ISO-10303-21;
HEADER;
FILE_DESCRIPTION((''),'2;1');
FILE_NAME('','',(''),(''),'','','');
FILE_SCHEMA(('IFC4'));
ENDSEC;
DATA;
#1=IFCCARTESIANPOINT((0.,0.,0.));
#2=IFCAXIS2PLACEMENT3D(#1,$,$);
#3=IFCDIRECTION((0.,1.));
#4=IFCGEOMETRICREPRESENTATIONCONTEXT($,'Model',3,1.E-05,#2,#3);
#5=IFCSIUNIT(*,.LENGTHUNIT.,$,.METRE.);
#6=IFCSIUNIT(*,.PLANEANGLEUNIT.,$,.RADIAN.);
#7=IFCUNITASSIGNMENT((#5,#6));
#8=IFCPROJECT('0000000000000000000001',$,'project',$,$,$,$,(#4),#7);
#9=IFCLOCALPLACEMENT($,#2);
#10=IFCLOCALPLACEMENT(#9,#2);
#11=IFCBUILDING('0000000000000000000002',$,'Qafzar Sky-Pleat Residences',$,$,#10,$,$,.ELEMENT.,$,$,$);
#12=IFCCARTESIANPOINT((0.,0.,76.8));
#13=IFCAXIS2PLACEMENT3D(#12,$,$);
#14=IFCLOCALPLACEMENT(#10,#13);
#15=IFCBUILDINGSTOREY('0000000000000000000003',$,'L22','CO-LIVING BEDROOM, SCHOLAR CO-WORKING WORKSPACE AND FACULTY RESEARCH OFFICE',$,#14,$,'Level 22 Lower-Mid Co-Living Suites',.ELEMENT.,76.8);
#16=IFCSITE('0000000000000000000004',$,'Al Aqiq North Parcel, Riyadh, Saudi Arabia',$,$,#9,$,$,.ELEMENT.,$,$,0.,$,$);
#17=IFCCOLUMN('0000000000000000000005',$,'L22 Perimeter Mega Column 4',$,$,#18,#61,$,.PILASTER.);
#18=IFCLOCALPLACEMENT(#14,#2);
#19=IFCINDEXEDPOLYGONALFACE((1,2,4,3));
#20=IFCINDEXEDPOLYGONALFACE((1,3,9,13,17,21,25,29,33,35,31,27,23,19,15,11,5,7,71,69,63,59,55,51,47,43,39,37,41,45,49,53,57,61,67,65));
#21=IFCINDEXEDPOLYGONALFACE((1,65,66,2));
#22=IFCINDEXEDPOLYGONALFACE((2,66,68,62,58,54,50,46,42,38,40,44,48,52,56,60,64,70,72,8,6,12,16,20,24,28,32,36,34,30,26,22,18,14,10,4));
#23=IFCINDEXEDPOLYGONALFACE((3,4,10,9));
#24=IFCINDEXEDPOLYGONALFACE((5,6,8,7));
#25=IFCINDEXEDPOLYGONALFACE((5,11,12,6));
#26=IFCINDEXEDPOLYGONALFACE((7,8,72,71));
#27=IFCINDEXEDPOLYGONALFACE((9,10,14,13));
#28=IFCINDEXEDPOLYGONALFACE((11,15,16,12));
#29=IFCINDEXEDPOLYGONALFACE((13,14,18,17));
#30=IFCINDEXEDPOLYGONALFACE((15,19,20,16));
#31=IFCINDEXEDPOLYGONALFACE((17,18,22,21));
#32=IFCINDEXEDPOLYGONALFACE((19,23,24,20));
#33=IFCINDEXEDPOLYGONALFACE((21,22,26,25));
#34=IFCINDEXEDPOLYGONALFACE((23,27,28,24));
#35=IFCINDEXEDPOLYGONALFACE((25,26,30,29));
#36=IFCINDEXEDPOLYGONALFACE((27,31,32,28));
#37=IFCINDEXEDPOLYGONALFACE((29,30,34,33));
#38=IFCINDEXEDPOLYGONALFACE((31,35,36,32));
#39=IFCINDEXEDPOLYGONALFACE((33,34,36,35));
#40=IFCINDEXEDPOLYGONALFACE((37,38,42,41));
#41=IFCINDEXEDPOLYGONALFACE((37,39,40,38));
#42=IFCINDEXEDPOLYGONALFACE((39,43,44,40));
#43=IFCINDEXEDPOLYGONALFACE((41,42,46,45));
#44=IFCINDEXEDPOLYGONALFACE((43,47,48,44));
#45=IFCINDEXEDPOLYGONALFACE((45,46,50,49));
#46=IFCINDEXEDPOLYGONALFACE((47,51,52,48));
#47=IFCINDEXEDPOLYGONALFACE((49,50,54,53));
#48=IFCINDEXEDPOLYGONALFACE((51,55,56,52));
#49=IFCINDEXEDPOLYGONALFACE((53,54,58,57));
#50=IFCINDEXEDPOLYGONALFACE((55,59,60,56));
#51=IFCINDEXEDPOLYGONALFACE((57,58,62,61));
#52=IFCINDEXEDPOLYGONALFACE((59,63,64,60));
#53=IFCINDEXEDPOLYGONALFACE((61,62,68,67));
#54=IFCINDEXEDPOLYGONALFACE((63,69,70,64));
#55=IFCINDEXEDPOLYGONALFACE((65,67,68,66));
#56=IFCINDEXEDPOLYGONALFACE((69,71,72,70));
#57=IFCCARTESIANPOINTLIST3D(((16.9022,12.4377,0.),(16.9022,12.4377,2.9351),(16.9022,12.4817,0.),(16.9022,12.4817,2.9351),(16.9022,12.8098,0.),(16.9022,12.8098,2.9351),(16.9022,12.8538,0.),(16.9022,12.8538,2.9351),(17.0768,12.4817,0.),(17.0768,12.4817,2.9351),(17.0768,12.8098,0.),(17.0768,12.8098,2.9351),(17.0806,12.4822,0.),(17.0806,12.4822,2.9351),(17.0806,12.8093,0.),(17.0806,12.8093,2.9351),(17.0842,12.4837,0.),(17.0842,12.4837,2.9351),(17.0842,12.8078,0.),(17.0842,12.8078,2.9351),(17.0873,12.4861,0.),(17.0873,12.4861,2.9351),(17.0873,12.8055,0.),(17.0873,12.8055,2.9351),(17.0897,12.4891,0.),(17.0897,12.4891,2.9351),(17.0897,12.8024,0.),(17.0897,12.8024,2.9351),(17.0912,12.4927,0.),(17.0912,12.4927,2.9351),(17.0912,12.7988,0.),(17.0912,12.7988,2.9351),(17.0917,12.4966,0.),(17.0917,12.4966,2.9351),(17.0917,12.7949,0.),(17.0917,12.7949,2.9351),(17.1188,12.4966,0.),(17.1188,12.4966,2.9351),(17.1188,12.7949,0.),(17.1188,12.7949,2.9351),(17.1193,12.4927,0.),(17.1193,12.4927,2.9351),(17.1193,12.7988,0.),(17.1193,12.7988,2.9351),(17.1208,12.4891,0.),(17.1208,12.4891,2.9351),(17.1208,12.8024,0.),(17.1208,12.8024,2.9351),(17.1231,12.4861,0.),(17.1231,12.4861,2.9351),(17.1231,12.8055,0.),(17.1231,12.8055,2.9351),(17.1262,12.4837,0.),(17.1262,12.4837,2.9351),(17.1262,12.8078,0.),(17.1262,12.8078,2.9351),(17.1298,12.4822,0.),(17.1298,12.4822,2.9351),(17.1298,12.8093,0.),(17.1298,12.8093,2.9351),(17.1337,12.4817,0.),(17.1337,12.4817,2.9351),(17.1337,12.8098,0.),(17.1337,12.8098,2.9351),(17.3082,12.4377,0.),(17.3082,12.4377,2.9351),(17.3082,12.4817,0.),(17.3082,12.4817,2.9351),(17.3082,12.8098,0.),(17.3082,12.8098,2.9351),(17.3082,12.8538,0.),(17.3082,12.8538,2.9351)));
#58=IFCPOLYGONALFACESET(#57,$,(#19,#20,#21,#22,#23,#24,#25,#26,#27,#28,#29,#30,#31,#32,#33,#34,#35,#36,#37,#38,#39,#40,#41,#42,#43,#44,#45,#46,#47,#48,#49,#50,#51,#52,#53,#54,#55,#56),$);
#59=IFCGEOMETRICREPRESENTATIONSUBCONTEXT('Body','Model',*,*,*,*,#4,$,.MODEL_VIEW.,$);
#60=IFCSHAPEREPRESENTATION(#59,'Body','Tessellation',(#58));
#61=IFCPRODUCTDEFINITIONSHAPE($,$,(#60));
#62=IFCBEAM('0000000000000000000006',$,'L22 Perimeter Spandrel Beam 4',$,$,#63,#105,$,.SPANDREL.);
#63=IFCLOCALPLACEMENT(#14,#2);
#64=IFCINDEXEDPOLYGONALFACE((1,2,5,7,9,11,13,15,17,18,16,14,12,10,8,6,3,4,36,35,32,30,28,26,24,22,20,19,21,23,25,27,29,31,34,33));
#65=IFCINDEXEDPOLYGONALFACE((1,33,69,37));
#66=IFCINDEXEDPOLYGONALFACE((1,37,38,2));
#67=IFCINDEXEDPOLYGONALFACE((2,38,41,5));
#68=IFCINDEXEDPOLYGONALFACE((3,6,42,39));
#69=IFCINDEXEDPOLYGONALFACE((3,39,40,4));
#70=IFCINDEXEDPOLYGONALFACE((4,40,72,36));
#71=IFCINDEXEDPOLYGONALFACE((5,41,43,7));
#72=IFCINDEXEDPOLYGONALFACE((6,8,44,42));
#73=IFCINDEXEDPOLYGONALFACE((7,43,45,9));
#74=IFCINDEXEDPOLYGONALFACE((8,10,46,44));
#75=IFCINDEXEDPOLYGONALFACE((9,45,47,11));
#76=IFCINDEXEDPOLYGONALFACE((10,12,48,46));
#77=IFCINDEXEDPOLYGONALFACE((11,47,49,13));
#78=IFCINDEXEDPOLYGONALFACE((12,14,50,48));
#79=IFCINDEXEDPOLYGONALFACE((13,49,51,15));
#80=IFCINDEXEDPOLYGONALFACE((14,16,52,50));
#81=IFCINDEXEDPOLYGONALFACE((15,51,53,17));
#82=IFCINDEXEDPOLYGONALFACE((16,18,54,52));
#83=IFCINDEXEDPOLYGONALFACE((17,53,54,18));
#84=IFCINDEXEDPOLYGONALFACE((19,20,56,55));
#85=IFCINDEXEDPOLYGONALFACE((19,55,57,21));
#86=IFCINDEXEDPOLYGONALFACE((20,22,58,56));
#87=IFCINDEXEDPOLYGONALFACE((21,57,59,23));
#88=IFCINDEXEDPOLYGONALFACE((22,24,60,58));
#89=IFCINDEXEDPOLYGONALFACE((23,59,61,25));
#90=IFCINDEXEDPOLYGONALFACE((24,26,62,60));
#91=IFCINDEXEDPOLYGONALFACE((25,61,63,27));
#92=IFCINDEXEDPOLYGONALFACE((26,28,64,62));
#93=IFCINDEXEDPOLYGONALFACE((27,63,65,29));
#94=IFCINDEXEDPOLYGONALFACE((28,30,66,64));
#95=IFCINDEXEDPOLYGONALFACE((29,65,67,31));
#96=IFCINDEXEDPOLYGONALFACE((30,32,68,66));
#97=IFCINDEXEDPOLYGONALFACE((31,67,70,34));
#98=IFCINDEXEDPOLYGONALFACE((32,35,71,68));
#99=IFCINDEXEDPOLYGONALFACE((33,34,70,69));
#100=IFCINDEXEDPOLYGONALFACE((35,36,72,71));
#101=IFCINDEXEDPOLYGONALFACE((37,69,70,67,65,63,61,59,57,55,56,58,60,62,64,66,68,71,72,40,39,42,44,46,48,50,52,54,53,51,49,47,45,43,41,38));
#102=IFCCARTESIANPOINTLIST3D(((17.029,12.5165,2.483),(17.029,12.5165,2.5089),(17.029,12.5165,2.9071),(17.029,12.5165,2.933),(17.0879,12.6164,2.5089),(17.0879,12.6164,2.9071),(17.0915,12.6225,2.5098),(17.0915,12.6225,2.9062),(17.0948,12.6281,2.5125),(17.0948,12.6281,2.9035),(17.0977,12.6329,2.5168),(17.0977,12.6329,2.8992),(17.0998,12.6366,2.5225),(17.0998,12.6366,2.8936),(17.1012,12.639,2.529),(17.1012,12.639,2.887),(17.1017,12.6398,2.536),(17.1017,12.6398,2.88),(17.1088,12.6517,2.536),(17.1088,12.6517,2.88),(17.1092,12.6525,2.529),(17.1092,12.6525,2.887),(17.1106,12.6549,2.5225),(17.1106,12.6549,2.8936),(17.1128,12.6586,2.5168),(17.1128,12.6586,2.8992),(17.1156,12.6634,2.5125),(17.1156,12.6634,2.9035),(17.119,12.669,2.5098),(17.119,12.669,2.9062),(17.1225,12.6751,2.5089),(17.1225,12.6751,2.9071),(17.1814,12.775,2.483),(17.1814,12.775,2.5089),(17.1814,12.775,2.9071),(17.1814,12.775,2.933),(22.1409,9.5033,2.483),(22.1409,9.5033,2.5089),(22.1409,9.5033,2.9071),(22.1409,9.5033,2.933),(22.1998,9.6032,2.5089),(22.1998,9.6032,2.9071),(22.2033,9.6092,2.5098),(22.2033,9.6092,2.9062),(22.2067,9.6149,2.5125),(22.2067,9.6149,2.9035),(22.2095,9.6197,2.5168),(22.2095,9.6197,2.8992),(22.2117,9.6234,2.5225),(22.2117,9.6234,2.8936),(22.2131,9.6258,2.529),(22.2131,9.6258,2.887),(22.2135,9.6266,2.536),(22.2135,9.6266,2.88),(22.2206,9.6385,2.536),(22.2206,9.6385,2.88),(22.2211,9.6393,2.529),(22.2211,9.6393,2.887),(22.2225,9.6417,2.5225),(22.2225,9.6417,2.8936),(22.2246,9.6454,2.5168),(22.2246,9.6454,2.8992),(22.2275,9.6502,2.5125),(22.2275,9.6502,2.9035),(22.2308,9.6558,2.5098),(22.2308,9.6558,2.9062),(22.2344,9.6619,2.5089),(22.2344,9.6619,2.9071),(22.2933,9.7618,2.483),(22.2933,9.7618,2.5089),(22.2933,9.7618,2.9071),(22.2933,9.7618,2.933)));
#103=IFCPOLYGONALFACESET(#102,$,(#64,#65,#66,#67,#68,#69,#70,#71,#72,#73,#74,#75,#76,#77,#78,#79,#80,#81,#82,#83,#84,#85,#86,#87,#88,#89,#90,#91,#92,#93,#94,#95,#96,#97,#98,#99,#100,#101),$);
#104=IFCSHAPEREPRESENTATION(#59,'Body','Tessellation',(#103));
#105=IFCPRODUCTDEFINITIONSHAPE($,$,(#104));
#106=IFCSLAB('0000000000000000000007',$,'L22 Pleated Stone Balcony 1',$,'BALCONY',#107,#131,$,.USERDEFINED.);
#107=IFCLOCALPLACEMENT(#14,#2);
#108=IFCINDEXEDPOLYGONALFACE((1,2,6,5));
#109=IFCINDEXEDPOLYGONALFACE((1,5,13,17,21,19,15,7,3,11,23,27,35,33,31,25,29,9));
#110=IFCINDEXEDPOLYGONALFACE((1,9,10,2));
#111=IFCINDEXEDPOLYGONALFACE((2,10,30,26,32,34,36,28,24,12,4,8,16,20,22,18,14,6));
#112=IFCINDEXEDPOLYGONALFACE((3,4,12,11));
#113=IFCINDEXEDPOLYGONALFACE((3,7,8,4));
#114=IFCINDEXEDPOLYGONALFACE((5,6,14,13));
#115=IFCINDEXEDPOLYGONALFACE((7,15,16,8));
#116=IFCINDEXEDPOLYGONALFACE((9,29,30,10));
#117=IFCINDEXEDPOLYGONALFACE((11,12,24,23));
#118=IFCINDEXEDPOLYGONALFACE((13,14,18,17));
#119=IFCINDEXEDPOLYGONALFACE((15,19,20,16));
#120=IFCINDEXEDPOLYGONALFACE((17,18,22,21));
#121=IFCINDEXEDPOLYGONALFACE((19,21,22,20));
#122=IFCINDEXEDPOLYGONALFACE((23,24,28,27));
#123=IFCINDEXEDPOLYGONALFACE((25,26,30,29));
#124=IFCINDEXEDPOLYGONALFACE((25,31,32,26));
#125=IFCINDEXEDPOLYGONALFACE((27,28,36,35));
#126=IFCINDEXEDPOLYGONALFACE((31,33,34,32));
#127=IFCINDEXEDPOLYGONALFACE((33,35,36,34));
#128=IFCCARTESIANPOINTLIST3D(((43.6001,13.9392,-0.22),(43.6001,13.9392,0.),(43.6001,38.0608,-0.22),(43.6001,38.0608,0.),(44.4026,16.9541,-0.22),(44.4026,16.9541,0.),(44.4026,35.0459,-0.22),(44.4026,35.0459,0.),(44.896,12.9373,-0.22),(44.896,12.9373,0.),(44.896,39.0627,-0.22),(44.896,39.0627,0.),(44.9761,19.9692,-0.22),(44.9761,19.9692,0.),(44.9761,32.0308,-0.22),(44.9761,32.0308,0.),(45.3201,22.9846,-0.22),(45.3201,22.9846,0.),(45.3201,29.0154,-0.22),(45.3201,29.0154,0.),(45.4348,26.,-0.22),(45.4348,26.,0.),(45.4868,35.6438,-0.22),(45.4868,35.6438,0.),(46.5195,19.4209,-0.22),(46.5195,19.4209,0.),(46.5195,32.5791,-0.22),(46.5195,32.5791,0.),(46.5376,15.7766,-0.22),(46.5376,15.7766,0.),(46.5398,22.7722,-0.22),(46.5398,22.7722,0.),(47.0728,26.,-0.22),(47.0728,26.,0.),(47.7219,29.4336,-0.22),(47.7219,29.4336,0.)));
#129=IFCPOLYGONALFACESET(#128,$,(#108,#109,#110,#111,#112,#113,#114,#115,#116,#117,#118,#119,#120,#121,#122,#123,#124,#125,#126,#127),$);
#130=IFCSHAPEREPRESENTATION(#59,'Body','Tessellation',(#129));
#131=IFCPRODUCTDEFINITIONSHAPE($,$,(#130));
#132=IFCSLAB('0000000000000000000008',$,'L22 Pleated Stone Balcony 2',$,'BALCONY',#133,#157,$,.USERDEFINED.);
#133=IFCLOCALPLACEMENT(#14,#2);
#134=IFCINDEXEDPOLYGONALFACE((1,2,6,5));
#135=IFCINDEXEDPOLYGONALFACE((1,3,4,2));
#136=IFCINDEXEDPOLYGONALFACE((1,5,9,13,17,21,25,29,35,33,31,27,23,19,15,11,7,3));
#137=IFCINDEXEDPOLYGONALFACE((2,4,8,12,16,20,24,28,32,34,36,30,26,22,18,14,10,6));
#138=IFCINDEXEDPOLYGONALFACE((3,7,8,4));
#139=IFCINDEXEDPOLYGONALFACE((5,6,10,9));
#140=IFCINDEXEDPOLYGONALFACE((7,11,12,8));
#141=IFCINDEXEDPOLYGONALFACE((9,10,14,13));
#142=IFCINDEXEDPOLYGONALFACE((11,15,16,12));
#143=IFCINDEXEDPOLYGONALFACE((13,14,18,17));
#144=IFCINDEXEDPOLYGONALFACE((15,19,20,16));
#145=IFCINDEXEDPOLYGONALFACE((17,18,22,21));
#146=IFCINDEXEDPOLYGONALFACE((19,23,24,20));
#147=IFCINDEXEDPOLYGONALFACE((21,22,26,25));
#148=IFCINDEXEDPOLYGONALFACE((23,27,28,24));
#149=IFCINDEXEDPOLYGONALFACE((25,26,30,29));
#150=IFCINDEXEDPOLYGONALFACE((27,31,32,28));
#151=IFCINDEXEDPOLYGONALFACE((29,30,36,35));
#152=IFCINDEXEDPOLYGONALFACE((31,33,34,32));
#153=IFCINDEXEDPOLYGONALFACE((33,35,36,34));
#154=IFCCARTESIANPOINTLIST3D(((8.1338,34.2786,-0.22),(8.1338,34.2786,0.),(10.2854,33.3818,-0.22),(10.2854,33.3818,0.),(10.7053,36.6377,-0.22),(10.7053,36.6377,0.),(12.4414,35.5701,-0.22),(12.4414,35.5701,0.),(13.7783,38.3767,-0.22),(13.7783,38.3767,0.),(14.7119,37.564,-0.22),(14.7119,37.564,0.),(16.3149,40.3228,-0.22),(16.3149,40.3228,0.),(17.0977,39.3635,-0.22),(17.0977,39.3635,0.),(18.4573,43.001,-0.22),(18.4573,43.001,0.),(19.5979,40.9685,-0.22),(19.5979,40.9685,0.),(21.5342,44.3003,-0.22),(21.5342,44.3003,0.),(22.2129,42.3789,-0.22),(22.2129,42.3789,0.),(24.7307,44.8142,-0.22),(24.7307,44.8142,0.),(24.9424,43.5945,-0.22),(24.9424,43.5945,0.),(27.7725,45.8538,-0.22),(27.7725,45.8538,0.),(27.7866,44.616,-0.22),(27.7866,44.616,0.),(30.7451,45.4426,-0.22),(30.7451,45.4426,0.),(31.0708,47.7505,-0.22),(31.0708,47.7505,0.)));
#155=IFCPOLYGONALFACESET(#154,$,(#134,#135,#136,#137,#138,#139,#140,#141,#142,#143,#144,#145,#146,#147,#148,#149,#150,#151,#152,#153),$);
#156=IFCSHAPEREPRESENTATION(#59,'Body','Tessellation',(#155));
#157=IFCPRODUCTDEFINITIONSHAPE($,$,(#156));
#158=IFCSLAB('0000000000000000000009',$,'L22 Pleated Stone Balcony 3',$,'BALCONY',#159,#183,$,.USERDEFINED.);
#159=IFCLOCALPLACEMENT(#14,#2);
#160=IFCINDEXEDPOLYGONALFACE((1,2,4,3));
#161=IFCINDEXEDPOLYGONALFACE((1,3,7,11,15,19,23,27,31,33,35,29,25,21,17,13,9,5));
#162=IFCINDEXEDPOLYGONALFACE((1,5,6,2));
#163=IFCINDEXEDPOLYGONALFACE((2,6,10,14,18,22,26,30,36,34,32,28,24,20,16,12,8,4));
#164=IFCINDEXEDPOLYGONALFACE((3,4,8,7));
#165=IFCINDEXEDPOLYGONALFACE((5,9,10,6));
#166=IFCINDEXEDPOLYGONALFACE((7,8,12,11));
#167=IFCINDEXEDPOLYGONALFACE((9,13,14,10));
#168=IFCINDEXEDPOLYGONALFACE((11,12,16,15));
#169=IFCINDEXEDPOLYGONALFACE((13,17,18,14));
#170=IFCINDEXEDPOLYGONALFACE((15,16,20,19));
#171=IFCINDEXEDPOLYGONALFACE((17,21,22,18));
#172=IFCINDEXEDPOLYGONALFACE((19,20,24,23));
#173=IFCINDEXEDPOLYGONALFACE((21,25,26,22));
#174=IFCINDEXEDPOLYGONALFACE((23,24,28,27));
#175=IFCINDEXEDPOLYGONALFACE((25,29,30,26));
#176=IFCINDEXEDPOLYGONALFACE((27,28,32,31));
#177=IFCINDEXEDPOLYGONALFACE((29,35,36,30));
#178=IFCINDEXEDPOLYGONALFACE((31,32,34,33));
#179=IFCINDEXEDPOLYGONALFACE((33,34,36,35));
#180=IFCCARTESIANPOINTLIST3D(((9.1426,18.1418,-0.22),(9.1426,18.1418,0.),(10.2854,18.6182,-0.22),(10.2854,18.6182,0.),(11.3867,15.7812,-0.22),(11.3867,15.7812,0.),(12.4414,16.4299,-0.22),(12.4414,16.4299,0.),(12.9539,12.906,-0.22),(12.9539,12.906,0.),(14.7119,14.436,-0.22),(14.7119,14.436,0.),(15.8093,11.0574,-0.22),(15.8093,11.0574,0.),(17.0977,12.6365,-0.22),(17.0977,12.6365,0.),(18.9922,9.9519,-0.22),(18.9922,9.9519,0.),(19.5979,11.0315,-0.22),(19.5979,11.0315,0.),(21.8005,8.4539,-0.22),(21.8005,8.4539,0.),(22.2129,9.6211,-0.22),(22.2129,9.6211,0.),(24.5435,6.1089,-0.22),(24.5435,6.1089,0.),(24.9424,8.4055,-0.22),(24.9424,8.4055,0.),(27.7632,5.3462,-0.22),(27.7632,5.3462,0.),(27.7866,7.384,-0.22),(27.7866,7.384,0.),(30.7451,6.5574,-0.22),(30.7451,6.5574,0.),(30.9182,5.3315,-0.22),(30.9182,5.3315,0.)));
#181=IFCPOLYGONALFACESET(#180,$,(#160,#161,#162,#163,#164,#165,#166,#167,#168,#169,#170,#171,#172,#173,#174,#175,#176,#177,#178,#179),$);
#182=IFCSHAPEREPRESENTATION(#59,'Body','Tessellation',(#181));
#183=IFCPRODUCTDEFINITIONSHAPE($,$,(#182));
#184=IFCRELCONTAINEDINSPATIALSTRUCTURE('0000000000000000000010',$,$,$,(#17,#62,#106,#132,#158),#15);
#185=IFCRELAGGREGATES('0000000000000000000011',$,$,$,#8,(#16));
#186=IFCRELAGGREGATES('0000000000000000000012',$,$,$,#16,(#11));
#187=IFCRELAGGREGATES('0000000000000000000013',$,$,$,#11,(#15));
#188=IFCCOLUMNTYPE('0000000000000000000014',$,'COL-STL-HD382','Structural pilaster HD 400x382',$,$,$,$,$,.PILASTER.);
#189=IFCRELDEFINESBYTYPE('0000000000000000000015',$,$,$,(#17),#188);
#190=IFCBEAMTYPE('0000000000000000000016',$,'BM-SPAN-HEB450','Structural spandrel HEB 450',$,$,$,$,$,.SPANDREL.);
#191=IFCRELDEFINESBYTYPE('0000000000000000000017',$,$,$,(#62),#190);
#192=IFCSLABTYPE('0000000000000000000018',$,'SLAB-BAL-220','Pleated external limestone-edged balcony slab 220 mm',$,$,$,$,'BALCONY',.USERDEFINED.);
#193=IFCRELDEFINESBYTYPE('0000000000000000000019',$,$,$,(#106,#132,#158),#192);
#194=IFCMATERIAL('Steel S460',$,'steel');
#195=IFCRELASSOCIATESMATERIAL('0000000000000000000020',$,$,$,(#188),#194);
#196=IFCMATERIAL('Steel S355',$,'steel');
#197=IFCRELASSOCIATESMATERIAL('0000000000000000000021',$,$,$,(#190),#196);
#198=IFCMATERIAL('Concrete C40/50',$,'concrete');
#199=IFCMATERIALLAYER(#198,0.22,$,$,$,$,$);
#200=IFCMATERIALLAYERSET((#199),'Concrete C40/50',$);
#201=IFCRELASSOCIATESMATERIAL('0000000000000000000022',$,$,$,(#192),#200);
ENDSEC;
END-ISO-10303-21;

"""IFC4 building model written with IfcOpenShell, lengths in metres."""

from ifc_helpers import new_model, si_unit, direction, frame, origin, origin_2d, place, context, subcontext, project, spatial, polyline, i_section, outline, extrude, source, transform, mapped, material, layer, layer_set, material_profile, profile_set, type_object, element, save


model = new_model("IFC4")

# Units and contexts
model_context = context("Model", 3, precision=1e-05, world=origin(), true_north=direction((0.0, 1.0)))
body_context = subcontext(model_context, "Body", "Model", "MODEL_VIEW")
ifc_project = project(units=[si_unit("LENGTHUNIT", "METRE"), si_unit("PLANEANGLEUNIT", "RADIAN")], contexts=[model_context])

# Site, building, storey
site_placement = place(None, origin())
site = spatial("IfcSite", under=ifc_project, at=site_placement, Name="Al Aqiq North Parcel, Riyadh, Saudi Arabia", CompositionType="ELEMENT", RefElevation=0.0)
building_placement = place(site_placement, origin())
building = spatial("IfcBuilding", under=site, at=building_placement, Name="Qafzar Sky-Pleat Residences", CompositionType="ELEMENT")
storey_placement = place(building_placement, frame((0.0, 0.0, 76.8)))
storey = spatial("IfcBuildingStorey", under=building, at=storey_placement, Name="L22", Description="CO-LIVING BEDROOM, SCHOLAR CO-WORKING WORKSPACE AND FACULTY RESEARCH OFFICE", LongName="Level 22 Lower-Mid Co-Living Suites", CompositionType="ELEMENT", Elevation=76.8)

# Column
ifc_material_1 = material(Name="Steel S460", Category="steel")
ifc_material_profile_1 = material_profile(ifc_material_1, i_section(OverallWidth=0.406, OverallDepth=0.416, WebThickness=0.0271, FlangeThickness=0.0439, FilletRadius=0.0149, at=origin_2d()), Name="HD 400x382")
ifc_profile_set_1 = profile_set([ifc_material_profile_1], Name="Steel S460")
column_type = type_object("IfcColumnType", Name="COL-STL-HD382", Description="Structural pilaster HD 400x382", PredefinedType="PILASTER", material=ifc_profile_set_1)
shared_shape_1 = source(origin(), body_context, "Body", "SweptSolid", [
    extrude(i_section(OverallWidth=0.406, OverallDepth=0.416, WebThickness=0.0271, FlangeThickness=0.0439, FilletRadius=0.0149, at=origin_2d()), origin(), (0.0, 0.0, 1.0), 2.9351),
])
column_placement = place(storey_placement, frame((17.1052, 12.6458, 0.0), z_axis=(0.0, 0.0, 1.0), x_axis=(1.0, 0.0, 0.0)))
element("IfcColumn", 1, at=column_placement, inside=storey, type_object=column_type, Name="L22 Perimeter Mega Column 4", PredefinedType="PILASTER", context=body_context, shape_type="MappedRepresentation", body=[
    mapped(shared_shape_1, transform((0.0, 0.0, 0.0), x_axis=(1.0, 0.0, 0.0), y_axis=(0.0, 1.0, 0.0), z_axis=(0.0, 0.0, 1.0), scale=1.0)),
])

# Beam
ifc_material_2 = material(Name="Steel S355", Category="steel")
ifc_material_profile_2 = material_profile(ifc_material_2, i_section(OverallWidth=0.3, OverallDepth=0.45, WebThickness=0.0139, FlangeThickness=0.0259, FilletRadius=0.0271, at=origin_2d()), Name="HEB 450")
ifc_profile_set_2 = profile_set([ifc_material_profile_2], Name="Steel S355")
beam_type = type_object("IfcBeamType", Name="BM-SPAN-HEB450", Description="Structural spandrel HEB 450", PredefinedType="SPANDREL", material=ifc_profile_set_2)
shared_shape_2 = source(origin(), body_context, "Body", "SweptSolid", [
    extrude(i_section(OverallWidth=0.3, OverallDepth=0.45, WebThickness=0.0139, FlangeThickness=0.0259, FilletRadius=0.0271, at=origin_2d()), origin(), (0.0, 0.0, 1.0), 5.9338),
])
beam_placement = place(storey_placement, frame((17.1052, 12.6458, 2.708), z_axis=(0.861475, -0.5078, 0.0), x_axis=(0.5078, 0.861475, 0.0)))
element("IfcBeam", 2, at=beam_placement, inside=storey, type_object=beam_type, Name="L22 Perimeter Spandrel Beam 4", PredefinedType="SPANDREL", context=body_context, shape_type="MappedRepresentation", body=[
    mapped(shared_shape_2, transform((0.0, 0.0, 0.0), x_axis=(1.0, 0.0, 0.0), y_axis=(0.0, 1.0, 0.0), z_axis=(0.0, 0.0, 1.0), scale=1.0)),
])

# Slabs
ifc_material_3 = material(Name="Concrete C40/50", Category="concrete")
ifc_layer_1 = layer(ifc_material_3, 0.22)
ifc_layer_set_1 = layer_set([ifc_layer_1], Name="Concrete C40/50")
slab_type_1 = type_object("IfcSlabType", Name="SLAB-BAL-220", Description="Pleated external limestone-edged balcony slab 220 mm", ElementType="BALCONY", PredefinedType="USERDEFINED", material=ifc_layer_set_1)
slab_1_placement = place(storey_placement, frame((0.0, 0.0, -0.22)))
element("IfcSlab", 3, at=slab_1_placement, inside=storey, type_object=slab_type_1, Name="L22 Pleated Stone Balcony 1", ObjectType="BALCONY", PredefinedType="USERDEFINED", context=body_context, shape_type="SweptSolid", body=[
    extrude(outline(polyline([(44.4026, 16.9541), (44.9761, 19.9692), (45.3201, 22.9846), (45.4348, 26.0), (45.3201, 29.0154), (44.9761, 32.0308), (44.4026, 35.0459), (43.6001, 38.0608), (44.896, 39.0627), (45.4868, 35.6438), (46.5195, 32.5791), (47.7219, 29.4336), (47.0728, 26.0), (46.5398, 22.7722), (46.5195, 19.4209), (46.5376, 15.7766), (44.896, 12.9373), (43.6001, 13.9392), (44.4026, 16.9541)])), origin(), (0.0, 0.0, 1.0), 0.22),
])
slab_2_placement = place(storey_placement, frame((0.0, 0.0, -0.22)))
element("IfcSlab", 4, at=slab_2_placement, inside=storey, type_object=slab_type_1, Name="L22 Pleated Stone Balcony 2", ObjectType="BALCONY", PredefinedType="USERDEFINED", context=body_context, shape_type="SweptSolid", body=[
    extrude(outline(polyline([(27.7866, 44.616), (24.9424, 43.5945), (22.2129, 42.3789), (19.5979, 40.9685), (17.0977, 39.3635), (14.7119, 37.564), (12.4414, 35.5701), (10.2854, 33.3818), (8.1338, 34.2786), (10.7053, 36.6377), (13.7783, 38.3767), (16.3149, 40.3228), (18.4573, 43.001), (21.5342, 44.3003), (24.7307, 44.8142), (27.7725, 45.8538), (31.0708, 47.7505), (30.7451, 45.4426), (27.7866, 44.616)])), origin(), (0.0, 0.0, 1.0), 0.22),
])
slab_3_placement = place(storey_placement, frame((0.0, 0.0, -0.22)))
element("IfcSlab", 5, at=slab_3_placement, inside=storey, type_object=slab_type_1, Name="L22 Pleated Stone Balcony 3", ObjectType="BALCONY", PredefinedType="USERDEFINED", context=body_context, shape_type="SweptSolid", body=[
    extrude(outline(polyline([(12.4414, 16.4299), (14.7119, 14.436), (17.0977, 12.6365), (19.5979, 11.0315), (22.2129, 9.6211), (24.9424, 8.4055), (27.7866, 7.384), (30.7451, 6.5574), (30.9182, 5.3315), (27.7632, 5.3462), (24.5435, 6.1089), (21.8005, 8.4539), (18.9922, 9.9519), (15.8093, 11.0574), (12.9539, 12.906), (11.3867, 15.7812), (9.1426, 18.1418), (10.2854, 18.6182), (12.4414, 16.4299)])), origin(), (0.0, 0.0, 1.0), 0.22),
])

save(model, "model.ifc")
